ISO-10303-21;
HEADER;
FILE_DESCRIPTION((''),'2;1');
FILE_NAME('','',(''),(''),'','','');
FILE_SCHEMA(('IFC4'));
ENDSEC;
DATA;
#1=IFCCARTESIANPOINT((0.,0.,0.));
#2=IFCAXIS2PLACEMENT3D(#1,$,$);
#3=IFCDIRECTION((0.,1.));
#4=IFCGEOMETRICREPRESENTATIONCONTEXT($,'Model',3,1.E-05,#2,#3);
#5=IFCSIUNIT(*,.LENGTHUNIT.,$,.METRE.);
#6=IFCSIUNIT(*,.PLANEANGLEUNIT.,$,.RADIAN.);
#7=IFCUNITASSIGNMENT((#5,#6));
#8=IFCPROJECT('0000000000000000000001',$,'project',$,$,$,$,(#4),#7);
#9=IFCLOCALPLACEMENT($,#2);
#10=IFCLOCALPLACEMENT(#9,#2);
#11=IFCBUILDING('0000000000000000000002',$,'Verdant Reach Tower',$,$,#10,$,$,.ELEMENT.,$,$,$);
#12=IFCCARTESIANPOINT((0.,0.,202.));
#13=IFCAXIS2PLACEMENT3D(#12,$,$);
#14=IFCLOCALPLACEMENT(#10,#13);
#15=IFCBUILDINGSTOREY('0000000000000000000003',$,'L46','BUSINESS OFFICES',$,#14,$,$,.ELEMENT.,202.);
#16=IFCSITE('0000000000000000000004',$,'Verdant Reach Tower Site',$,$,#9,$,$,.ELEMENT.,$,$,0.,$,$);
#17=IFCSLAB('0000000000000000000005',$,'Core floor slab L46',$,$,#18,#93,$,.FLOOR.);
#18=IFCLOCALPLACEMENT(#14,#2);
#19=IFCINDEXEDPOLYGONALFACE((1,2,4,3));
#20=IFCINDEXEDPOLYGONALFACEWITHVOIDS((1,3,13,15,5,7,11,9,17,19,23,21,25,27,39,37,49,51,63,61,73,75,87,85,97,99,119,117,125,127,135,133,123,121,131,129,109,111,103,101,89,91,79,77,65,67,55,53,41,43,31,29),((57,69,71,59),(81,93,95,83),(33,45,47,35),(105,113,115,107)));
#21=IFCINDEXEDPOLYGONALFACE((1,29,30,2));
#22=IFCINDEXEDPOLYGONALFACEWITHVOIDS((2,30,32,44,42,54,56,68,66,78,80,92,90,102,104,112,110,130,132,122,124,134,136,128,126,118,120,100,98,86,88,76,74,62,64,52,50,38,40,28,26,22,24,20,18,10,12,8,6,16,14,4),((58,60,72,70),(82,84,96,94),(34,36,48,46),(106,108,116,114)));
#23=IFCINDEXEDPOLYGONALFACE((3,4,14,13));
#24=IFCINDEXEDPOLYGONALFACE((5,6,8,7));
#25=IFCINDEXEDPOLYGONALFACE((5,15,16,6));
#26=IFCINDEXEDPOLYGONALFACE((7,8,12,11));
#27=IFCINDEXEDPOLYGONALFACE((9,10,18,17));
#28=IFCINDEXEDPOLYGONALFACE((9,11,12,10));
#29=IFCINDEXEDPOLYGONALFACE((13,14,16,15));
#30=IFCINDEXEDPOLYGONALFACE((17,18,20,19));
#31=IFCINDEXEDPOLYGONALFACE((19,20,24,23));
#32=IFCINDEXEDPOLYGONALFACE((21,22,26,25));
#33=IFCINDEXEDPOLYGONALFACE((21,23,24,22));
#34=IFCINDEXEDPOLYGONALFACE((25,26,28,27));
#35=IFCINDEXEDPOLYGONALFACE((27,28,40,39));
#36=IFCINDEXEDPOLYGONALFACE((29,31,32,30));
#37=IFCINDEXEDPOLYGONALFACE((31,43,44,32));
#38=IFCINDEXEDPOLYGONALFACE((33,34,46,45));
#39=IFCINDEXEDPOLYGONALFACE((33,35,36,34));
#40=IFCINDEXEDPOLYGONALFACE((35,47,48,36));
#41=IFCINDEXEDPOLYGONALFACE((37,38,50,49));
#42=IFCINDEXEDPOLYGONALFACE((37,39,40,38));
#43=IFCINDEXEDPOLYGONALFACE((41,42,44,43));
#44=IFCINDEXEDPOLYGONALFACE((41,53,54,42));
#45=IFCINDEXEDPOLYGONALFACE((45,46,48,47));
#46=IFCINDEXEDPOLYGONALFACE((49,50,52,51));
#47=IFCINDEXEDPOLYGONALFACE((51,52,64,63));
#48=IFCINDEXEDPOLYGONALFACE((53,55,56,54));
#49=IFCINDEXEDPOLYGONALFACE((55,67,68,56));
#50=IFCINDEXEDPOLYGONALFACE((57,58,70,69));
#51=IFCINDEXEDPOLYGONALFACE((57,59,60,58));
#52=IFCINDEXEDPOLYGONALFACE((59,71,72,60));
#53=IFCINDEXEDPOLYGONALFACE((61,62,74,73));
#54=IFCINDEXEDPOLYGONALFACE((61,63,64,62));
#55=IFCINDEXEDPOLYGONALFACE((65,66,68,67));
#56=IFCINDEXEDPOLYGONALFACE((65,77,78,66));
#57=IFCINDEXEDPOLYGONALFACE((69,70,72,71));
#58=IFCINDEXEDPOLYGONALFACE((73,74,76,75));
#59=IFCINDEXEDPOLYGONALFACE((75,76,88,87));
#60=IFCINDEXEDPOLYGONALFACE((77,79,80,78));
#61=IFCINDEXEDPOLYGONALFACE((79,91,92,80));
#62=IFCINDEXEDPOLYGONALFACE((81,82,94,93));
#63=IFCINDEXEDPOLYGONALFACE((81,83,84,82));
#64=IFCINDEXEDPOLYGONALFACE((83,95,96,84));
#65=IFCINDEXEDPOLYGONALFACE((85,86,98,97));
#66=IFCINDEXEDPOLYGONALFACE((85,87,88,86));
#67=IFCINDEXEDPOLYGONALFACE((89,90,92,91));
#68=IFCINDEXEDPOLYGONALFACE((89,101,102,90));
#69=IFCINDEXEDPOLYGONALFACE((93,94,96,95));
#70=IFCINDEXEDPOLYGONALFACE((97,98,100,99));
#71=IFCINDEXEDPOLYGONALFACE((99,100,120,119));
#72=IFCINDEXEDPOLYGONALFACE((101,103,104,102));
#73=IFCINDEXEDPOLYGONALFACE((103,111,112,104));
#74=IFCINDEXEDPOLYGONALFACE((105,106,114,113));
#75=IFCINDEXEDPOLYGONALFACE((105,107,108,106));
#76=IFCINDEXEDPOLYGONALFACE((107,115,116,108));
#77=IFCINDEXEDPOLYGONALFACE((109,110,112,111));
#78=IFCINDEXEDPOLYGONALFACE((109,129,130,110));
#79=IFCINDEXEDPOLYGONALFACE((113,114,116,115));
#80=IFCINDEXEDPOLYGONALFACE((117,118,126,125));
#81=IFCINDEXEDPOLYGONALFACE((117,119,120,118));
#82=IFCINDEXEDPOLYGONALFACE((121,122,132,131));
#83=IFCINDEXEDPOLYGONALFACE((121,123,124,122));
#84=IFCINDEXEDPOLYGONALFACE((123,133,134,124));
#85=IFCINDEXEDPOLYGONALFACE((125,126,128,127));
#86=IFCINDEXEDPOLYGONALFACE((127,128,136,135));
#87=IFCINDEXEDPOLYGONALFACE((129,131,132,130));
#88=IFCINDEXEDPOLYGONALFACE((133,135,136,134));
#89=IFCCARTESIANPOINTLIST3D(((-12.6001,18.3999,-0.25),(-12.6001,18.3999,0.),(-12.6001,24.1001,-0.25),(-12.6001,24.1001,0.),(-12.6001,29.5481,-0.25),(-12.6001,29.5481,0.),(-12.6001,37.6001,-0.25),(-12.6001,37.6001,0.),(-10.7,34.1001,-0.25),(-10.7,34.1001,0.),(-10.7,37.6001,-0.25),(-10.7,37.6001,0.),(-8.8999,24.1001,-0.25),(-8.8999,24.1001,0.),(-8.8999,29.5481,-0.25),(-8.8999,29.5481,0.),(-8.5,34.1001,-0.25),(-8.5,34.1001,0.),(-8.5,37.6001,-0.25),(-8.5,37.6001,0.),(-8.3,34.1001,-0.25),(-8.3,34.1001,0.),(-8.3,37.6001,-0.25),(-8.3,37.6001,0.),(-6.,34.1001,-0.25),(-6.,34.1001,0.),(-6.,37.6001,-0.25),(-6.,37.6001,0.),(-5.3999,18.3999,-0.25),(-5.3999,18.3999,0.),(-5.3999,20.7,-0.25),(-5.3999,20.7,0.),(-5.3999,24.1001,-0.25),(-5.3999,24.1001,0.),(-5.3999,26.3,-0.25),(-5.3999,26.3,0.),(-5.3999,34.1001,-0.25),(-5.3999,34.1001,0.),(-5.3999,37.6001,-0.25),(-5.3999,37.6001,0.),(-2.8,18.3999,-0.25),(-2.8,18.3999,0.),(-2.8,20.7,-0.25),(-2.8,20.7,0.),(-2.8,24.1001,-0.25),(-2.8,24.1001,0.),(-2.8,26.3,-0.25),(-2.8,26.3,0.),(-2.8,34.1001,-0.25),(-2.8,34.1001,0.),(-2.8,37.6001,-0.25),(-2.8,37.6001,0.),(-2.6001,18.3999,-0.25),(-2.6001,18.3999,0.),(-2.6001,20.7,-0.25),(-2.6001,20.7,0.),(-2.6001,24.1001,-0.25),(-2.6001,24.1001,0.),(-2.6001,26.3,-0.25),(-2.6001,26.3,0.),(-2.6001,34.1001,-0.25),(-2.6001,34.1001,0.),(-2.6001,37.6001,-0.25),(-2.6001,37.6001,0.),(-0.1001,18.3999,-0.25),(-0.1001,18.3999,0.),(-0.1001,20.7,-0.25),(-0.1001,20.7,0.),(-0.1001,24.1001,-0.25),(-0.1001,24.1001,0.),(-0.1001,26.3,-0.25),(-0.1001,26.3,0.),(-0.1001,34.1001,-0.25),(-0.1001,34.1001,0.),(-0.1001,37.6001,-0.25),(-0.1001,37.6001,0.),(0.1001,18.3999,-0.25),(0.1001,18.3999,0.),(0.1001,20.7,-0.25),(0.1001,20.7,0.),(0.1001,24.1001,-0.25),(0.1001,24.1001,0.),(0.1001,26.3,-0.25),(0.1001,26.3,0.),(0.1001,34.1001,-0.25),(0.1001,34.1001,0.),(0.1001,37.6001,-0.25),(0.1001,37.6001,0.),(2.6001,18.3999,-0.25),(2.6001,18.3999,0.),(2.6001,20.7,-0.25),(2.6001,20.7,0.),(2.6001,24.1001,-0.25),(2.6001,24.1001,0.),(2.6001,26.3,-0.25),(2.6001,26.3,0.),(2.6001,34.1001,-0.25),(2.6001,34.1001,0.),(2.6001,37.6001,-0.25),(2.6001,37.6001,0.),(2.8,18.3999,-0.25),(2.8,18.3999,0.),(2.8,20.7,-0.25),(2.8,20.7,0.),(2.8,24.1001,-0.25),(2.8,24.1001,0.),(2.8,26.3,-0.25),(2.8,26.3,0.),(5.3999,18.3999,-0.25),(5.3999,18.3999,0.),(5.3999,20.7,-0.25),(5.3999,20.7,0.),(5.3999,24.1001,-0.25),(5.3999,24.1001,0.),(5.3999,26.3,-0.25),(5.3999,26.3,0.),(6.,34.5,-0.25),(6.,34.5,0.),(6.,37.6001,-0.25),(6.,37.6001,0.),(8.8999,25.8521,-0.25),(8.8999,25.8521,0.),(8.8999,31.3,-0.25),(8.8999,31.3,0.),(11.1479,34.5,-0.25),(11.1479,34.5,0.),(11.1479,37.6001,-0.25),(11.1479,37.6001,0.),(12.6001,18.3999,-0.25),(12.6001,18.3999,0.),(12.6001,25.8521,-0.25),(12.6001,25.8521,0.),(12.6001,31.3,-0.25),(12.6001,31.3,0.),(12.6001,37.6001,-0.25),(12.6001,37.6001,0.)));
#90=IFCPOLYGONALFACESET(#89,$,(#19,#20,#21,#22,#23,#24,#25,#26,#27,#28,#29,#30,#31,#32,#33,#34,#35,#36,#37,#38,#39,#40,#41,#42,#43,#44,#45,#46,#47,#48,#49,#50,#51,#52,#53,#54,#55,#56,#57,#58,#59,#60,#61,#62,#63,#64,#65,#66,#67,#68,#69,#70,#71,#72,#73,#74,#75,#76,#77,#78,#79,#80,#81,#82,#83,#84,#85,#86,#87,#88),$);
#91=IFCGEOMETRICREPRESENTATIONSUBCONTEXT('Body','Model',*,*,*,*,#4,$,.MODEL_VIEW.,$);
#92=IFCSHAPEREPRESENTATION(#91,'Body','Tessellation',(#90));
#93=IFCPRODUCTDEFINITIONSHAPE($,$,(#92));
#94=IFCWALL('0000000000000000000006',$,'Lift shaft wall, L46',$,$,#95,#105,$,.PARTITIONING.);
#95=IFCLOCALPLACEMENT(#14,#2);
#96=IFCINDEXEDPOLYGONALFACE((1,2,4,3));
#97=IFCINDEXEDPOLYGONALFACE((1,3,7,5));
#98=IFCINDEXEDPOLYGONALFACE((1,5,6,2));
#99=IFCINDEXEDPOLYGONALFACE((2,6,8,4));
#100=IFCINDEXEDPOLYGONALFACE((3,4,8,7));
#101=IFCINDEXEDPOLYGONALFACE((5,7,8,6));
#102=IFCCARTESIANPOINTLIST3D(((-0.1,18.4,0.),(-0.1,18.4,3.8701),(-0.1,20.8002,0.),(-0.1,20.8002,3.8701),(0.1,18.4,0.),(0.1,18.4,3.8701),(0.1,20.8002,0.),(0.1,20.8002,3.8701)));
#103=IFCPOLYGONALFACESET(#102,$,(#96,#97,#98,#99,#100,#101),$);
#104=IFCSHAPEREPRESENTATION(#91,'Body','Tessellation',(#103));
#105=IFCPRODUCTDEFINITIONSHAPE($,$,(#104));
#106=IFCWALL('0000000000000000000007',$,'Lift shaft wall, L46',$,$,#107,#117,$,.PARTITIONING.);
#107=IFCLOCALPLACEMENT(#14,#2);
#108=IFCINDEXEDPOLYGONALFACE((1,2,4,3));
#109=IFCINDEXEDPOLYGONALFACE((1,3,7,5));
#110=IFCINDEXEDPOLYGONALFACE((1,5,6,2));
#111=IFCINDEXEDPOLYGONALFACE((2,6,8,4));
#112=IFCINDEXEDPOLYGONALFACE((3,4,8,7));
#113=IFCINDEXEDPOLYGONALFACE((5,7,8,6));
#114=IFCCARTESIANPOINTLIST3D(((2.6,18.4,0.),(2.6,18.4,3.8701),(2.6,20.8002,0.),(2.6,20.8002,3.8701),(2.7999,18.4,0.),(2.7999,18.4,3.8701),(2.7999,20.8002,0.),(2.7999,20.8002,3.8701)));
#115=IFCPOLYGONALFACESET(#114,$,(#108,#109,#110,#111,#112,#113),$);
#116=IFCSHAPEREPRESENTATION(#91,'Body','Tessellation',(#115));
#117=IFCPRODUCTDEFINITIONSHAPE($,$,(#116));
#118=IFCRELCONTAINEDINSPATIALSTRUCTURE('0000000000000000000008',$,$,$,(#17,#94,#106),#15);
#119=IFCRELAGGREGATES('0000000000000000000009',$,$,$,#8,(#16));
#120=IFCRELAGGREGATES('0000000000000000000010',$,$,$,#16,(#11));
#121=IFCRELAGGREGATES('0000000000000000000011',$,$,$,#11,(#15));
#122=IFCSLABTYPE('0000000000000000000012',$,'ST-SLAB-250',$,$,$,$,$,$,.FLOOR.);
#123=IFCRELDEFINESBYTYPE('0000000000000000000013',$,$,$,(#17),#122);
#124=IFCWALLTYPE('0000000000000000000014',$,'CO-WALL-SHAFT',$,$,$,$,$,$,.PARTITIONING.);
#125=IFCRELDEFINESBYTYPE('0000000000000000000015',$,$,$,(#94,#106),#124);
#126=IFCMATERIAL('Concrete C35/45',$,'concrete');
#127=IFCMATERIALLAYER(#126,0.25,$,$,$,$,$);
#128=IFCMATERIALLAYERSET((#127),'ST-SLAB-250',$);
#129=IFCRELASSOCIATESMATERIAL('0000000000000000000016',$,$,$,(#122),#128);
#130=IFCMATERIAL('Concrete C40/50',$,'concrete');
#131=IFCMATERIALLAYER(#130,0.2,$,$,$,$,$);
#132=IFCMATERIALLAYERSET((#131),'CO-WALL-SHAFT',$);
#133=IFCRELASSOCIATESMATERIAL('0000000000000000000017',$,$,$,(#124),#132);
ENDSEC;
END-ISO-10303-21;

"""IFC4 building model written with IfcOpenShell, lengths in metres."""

from ifc_helpers import new_model, si_unit, direction, frame, frame_2d, origin, place, context, subcontext, project, spatial, polyline, rectangle, outline, extrude, material, layer, layer_set, type_object, element, save


model = new_model("IFC4")

# Units and contexts
model_context = context("Model", 3, precision=1e-05, world=origin(), true_north=direction((0.0, 1.0)))
body_context = subcontext(model_context, "Body", "Model", "MODEL_VIEW")
ifc_project = project(units=[si_unit("LENGTHUNIT", "METRE"), si_unit("PLANEANGLEUNIT", "RADIAN")], contexts=[model_context])

# Site, building, storey
site_placement = place(None, origin())
site = spatial("IfcSite", under=ifc_project, at=site_placement, Name="Verdant Reach Tower Site", CompositionType="ELEMENT", RefElevation=0.0)
building_placement = place(site_placement, origin())
building = spatial("IfcBuilding", under=site, at=building_placement, Name="Verdant Reach Tower", CompositionType="ELEMENT")
storey_placement = place(building_placement, frame((0.0, 0.0, 202.0)))
storey = spatial("IfcBuildingStorey", under=building, at=storey_placement, Name="L46", Description="BUSINESS OFFICES", CompositionType="ELEMENT", Elevation=202.0)

# Shared definitions
ifc_material_1 = material(Name="Concrete C40/50", Category="concrete")

# Slab
ifc_material_2 = material(Name="Concrete C35/45", Category="concrete")
ifc_layer_1 = layer(ifc_material_2, 0.25)
ifc_layer_set_1 = layer_set([ifc_layer_1], Name="ST-SLAB-250")
slab_type_1 = type_object("IfcSlabType", Name="ST-SLAB-250", PredefinedType="FLOOR", material=ifc_layer_set_1)
slab_1_placement = place(storey_placement, frame((0.0, 0.0, -0.25)))
element("IfcSlab", 1, at=slab_1_placement, inside=storey, type_object=slab_type_1, Name="Core floor slab L46", PredefinedType="FLOOR", context=body_context, shape_type="SweptSolid", body=[
    extrude(outline(polyline([(12.6001, 18.3999), (5.3999, 18.3999), (5.3999, 20.7), (2.8, 20.7), (2.8, 18.3999), (2.6001, 18.3999), (2.6001, 20.7), (0.1001, 20.7), (0.1001, 18.3999), (-0.1001, 18.3999), (-0.1001, 20.7), (-2.6001, 20.7), (-2.6001, 18.3999), (-2.8, 18.3999), (-2.8, 20.7), (-5.3999, 20.7), (-5.3999, 18.3999), (-12.6001, 18.3999), (-12.6001, 24.1001), (-8.8999, 24.1001), (-8.8999, 29.5481), (-12.6001, 29.5481), (-12.6001, 37.6001), (-10.7, 37.6001), (-10.7, 34.1001), (-8.5, 34.1001), (-8.5, 37.6001), (-8.3, 37.6001), (-8.3, 34.1001), (-6.0, 34.1001), (-6.0, 37.6001), (-5.3999, 37.6001), (-5.3999, 34.1001), (-2.8, 34.1001), (-2.8, 37.6001), (-2.6001, 37.6001), (-2.6001, 34.1001), (-0.1001, 34.1001), (-0.1001, 37.6001), (0.1001, 37.6001), (0.1001, 34.1001), (2.6001, 34.1001), (2.6001, 37.6001), (6.0, 37.6001), (6.0, 34.5), (11.1479, 34.5), (11.1479, 37.6001), (12.6001, 37.6001), (12.6001, 31.3), (8.8999, 31.3), (8.8999, 25.8521), (12.6001, 25.8521), (12.6001, 18.3999)]), holes=[polyline([(-2.8, 24.1001), (-2.8, 26.3), (-5.3999, 26.3), (-5.3999, 24.1001), (-2.8, 24.1001)]), polyline([(-0.1001, 24.1001), (-0.1001, 26.3), (-2.6001, 26.3), (-2.6001, 24.1001), (-0.1001, 24.1001)]), polyline([(2.6001, 24.1001), (2.6001, 26.3), (0.1001, 26.3), (0.1001, 24.1001), (2.6001, 24.1001)]), polyline([(5.3999, 24.1001), (5.3999, 26.3), (2.8, 26.3), (2.8, 24.1001), (5.3999, 24.1001)])]), origin(), (0.0, 0.0, 1.0), 0.25),
])

# Walls
ifc_layer_2 = layer(ifc_material_1, 0.2)
ifc_layer_set_2 = layer_set([ifc_layer_2], Name="CO-WALL-SHAFT")
wall_type = type_object("IfcWallType", Name="CO-WALL-SHAFT", PredefinedType="PARTITIONING", material=ifc_layer_set_2)
for number, where, z_axis, x_axis, name in (
    (2, (0.0, 18.3999, 0.0), (0.0, 0.0, 1.0), (0.0, 1.0, 0.0), "Lift shaft wall, L46"),
    (3, (2.7, 18.3999, 0.0), (0.0, 0.0, 1.0), (0.0, 1.0, 0.0), "Lift shaft wall, L46"),
):
    element("IfcWall", number, at=place(storey_placement, frame(where, z_axis=z_axis, x_axis=x_axis)), inside=storey, type_object=wall_type, Name=name, PredefinedType="PARTITIONING", context=body_context, shape_type="SweptSolid", body=[
        extrude(rectangle(XDim=2.4001, YDim=0.2, at=frame_2d((1.2002, 0.0))), origin(), (0.0, 0.0, 1.0), 3.8701),
    ])

save(model, "model.ifc")
